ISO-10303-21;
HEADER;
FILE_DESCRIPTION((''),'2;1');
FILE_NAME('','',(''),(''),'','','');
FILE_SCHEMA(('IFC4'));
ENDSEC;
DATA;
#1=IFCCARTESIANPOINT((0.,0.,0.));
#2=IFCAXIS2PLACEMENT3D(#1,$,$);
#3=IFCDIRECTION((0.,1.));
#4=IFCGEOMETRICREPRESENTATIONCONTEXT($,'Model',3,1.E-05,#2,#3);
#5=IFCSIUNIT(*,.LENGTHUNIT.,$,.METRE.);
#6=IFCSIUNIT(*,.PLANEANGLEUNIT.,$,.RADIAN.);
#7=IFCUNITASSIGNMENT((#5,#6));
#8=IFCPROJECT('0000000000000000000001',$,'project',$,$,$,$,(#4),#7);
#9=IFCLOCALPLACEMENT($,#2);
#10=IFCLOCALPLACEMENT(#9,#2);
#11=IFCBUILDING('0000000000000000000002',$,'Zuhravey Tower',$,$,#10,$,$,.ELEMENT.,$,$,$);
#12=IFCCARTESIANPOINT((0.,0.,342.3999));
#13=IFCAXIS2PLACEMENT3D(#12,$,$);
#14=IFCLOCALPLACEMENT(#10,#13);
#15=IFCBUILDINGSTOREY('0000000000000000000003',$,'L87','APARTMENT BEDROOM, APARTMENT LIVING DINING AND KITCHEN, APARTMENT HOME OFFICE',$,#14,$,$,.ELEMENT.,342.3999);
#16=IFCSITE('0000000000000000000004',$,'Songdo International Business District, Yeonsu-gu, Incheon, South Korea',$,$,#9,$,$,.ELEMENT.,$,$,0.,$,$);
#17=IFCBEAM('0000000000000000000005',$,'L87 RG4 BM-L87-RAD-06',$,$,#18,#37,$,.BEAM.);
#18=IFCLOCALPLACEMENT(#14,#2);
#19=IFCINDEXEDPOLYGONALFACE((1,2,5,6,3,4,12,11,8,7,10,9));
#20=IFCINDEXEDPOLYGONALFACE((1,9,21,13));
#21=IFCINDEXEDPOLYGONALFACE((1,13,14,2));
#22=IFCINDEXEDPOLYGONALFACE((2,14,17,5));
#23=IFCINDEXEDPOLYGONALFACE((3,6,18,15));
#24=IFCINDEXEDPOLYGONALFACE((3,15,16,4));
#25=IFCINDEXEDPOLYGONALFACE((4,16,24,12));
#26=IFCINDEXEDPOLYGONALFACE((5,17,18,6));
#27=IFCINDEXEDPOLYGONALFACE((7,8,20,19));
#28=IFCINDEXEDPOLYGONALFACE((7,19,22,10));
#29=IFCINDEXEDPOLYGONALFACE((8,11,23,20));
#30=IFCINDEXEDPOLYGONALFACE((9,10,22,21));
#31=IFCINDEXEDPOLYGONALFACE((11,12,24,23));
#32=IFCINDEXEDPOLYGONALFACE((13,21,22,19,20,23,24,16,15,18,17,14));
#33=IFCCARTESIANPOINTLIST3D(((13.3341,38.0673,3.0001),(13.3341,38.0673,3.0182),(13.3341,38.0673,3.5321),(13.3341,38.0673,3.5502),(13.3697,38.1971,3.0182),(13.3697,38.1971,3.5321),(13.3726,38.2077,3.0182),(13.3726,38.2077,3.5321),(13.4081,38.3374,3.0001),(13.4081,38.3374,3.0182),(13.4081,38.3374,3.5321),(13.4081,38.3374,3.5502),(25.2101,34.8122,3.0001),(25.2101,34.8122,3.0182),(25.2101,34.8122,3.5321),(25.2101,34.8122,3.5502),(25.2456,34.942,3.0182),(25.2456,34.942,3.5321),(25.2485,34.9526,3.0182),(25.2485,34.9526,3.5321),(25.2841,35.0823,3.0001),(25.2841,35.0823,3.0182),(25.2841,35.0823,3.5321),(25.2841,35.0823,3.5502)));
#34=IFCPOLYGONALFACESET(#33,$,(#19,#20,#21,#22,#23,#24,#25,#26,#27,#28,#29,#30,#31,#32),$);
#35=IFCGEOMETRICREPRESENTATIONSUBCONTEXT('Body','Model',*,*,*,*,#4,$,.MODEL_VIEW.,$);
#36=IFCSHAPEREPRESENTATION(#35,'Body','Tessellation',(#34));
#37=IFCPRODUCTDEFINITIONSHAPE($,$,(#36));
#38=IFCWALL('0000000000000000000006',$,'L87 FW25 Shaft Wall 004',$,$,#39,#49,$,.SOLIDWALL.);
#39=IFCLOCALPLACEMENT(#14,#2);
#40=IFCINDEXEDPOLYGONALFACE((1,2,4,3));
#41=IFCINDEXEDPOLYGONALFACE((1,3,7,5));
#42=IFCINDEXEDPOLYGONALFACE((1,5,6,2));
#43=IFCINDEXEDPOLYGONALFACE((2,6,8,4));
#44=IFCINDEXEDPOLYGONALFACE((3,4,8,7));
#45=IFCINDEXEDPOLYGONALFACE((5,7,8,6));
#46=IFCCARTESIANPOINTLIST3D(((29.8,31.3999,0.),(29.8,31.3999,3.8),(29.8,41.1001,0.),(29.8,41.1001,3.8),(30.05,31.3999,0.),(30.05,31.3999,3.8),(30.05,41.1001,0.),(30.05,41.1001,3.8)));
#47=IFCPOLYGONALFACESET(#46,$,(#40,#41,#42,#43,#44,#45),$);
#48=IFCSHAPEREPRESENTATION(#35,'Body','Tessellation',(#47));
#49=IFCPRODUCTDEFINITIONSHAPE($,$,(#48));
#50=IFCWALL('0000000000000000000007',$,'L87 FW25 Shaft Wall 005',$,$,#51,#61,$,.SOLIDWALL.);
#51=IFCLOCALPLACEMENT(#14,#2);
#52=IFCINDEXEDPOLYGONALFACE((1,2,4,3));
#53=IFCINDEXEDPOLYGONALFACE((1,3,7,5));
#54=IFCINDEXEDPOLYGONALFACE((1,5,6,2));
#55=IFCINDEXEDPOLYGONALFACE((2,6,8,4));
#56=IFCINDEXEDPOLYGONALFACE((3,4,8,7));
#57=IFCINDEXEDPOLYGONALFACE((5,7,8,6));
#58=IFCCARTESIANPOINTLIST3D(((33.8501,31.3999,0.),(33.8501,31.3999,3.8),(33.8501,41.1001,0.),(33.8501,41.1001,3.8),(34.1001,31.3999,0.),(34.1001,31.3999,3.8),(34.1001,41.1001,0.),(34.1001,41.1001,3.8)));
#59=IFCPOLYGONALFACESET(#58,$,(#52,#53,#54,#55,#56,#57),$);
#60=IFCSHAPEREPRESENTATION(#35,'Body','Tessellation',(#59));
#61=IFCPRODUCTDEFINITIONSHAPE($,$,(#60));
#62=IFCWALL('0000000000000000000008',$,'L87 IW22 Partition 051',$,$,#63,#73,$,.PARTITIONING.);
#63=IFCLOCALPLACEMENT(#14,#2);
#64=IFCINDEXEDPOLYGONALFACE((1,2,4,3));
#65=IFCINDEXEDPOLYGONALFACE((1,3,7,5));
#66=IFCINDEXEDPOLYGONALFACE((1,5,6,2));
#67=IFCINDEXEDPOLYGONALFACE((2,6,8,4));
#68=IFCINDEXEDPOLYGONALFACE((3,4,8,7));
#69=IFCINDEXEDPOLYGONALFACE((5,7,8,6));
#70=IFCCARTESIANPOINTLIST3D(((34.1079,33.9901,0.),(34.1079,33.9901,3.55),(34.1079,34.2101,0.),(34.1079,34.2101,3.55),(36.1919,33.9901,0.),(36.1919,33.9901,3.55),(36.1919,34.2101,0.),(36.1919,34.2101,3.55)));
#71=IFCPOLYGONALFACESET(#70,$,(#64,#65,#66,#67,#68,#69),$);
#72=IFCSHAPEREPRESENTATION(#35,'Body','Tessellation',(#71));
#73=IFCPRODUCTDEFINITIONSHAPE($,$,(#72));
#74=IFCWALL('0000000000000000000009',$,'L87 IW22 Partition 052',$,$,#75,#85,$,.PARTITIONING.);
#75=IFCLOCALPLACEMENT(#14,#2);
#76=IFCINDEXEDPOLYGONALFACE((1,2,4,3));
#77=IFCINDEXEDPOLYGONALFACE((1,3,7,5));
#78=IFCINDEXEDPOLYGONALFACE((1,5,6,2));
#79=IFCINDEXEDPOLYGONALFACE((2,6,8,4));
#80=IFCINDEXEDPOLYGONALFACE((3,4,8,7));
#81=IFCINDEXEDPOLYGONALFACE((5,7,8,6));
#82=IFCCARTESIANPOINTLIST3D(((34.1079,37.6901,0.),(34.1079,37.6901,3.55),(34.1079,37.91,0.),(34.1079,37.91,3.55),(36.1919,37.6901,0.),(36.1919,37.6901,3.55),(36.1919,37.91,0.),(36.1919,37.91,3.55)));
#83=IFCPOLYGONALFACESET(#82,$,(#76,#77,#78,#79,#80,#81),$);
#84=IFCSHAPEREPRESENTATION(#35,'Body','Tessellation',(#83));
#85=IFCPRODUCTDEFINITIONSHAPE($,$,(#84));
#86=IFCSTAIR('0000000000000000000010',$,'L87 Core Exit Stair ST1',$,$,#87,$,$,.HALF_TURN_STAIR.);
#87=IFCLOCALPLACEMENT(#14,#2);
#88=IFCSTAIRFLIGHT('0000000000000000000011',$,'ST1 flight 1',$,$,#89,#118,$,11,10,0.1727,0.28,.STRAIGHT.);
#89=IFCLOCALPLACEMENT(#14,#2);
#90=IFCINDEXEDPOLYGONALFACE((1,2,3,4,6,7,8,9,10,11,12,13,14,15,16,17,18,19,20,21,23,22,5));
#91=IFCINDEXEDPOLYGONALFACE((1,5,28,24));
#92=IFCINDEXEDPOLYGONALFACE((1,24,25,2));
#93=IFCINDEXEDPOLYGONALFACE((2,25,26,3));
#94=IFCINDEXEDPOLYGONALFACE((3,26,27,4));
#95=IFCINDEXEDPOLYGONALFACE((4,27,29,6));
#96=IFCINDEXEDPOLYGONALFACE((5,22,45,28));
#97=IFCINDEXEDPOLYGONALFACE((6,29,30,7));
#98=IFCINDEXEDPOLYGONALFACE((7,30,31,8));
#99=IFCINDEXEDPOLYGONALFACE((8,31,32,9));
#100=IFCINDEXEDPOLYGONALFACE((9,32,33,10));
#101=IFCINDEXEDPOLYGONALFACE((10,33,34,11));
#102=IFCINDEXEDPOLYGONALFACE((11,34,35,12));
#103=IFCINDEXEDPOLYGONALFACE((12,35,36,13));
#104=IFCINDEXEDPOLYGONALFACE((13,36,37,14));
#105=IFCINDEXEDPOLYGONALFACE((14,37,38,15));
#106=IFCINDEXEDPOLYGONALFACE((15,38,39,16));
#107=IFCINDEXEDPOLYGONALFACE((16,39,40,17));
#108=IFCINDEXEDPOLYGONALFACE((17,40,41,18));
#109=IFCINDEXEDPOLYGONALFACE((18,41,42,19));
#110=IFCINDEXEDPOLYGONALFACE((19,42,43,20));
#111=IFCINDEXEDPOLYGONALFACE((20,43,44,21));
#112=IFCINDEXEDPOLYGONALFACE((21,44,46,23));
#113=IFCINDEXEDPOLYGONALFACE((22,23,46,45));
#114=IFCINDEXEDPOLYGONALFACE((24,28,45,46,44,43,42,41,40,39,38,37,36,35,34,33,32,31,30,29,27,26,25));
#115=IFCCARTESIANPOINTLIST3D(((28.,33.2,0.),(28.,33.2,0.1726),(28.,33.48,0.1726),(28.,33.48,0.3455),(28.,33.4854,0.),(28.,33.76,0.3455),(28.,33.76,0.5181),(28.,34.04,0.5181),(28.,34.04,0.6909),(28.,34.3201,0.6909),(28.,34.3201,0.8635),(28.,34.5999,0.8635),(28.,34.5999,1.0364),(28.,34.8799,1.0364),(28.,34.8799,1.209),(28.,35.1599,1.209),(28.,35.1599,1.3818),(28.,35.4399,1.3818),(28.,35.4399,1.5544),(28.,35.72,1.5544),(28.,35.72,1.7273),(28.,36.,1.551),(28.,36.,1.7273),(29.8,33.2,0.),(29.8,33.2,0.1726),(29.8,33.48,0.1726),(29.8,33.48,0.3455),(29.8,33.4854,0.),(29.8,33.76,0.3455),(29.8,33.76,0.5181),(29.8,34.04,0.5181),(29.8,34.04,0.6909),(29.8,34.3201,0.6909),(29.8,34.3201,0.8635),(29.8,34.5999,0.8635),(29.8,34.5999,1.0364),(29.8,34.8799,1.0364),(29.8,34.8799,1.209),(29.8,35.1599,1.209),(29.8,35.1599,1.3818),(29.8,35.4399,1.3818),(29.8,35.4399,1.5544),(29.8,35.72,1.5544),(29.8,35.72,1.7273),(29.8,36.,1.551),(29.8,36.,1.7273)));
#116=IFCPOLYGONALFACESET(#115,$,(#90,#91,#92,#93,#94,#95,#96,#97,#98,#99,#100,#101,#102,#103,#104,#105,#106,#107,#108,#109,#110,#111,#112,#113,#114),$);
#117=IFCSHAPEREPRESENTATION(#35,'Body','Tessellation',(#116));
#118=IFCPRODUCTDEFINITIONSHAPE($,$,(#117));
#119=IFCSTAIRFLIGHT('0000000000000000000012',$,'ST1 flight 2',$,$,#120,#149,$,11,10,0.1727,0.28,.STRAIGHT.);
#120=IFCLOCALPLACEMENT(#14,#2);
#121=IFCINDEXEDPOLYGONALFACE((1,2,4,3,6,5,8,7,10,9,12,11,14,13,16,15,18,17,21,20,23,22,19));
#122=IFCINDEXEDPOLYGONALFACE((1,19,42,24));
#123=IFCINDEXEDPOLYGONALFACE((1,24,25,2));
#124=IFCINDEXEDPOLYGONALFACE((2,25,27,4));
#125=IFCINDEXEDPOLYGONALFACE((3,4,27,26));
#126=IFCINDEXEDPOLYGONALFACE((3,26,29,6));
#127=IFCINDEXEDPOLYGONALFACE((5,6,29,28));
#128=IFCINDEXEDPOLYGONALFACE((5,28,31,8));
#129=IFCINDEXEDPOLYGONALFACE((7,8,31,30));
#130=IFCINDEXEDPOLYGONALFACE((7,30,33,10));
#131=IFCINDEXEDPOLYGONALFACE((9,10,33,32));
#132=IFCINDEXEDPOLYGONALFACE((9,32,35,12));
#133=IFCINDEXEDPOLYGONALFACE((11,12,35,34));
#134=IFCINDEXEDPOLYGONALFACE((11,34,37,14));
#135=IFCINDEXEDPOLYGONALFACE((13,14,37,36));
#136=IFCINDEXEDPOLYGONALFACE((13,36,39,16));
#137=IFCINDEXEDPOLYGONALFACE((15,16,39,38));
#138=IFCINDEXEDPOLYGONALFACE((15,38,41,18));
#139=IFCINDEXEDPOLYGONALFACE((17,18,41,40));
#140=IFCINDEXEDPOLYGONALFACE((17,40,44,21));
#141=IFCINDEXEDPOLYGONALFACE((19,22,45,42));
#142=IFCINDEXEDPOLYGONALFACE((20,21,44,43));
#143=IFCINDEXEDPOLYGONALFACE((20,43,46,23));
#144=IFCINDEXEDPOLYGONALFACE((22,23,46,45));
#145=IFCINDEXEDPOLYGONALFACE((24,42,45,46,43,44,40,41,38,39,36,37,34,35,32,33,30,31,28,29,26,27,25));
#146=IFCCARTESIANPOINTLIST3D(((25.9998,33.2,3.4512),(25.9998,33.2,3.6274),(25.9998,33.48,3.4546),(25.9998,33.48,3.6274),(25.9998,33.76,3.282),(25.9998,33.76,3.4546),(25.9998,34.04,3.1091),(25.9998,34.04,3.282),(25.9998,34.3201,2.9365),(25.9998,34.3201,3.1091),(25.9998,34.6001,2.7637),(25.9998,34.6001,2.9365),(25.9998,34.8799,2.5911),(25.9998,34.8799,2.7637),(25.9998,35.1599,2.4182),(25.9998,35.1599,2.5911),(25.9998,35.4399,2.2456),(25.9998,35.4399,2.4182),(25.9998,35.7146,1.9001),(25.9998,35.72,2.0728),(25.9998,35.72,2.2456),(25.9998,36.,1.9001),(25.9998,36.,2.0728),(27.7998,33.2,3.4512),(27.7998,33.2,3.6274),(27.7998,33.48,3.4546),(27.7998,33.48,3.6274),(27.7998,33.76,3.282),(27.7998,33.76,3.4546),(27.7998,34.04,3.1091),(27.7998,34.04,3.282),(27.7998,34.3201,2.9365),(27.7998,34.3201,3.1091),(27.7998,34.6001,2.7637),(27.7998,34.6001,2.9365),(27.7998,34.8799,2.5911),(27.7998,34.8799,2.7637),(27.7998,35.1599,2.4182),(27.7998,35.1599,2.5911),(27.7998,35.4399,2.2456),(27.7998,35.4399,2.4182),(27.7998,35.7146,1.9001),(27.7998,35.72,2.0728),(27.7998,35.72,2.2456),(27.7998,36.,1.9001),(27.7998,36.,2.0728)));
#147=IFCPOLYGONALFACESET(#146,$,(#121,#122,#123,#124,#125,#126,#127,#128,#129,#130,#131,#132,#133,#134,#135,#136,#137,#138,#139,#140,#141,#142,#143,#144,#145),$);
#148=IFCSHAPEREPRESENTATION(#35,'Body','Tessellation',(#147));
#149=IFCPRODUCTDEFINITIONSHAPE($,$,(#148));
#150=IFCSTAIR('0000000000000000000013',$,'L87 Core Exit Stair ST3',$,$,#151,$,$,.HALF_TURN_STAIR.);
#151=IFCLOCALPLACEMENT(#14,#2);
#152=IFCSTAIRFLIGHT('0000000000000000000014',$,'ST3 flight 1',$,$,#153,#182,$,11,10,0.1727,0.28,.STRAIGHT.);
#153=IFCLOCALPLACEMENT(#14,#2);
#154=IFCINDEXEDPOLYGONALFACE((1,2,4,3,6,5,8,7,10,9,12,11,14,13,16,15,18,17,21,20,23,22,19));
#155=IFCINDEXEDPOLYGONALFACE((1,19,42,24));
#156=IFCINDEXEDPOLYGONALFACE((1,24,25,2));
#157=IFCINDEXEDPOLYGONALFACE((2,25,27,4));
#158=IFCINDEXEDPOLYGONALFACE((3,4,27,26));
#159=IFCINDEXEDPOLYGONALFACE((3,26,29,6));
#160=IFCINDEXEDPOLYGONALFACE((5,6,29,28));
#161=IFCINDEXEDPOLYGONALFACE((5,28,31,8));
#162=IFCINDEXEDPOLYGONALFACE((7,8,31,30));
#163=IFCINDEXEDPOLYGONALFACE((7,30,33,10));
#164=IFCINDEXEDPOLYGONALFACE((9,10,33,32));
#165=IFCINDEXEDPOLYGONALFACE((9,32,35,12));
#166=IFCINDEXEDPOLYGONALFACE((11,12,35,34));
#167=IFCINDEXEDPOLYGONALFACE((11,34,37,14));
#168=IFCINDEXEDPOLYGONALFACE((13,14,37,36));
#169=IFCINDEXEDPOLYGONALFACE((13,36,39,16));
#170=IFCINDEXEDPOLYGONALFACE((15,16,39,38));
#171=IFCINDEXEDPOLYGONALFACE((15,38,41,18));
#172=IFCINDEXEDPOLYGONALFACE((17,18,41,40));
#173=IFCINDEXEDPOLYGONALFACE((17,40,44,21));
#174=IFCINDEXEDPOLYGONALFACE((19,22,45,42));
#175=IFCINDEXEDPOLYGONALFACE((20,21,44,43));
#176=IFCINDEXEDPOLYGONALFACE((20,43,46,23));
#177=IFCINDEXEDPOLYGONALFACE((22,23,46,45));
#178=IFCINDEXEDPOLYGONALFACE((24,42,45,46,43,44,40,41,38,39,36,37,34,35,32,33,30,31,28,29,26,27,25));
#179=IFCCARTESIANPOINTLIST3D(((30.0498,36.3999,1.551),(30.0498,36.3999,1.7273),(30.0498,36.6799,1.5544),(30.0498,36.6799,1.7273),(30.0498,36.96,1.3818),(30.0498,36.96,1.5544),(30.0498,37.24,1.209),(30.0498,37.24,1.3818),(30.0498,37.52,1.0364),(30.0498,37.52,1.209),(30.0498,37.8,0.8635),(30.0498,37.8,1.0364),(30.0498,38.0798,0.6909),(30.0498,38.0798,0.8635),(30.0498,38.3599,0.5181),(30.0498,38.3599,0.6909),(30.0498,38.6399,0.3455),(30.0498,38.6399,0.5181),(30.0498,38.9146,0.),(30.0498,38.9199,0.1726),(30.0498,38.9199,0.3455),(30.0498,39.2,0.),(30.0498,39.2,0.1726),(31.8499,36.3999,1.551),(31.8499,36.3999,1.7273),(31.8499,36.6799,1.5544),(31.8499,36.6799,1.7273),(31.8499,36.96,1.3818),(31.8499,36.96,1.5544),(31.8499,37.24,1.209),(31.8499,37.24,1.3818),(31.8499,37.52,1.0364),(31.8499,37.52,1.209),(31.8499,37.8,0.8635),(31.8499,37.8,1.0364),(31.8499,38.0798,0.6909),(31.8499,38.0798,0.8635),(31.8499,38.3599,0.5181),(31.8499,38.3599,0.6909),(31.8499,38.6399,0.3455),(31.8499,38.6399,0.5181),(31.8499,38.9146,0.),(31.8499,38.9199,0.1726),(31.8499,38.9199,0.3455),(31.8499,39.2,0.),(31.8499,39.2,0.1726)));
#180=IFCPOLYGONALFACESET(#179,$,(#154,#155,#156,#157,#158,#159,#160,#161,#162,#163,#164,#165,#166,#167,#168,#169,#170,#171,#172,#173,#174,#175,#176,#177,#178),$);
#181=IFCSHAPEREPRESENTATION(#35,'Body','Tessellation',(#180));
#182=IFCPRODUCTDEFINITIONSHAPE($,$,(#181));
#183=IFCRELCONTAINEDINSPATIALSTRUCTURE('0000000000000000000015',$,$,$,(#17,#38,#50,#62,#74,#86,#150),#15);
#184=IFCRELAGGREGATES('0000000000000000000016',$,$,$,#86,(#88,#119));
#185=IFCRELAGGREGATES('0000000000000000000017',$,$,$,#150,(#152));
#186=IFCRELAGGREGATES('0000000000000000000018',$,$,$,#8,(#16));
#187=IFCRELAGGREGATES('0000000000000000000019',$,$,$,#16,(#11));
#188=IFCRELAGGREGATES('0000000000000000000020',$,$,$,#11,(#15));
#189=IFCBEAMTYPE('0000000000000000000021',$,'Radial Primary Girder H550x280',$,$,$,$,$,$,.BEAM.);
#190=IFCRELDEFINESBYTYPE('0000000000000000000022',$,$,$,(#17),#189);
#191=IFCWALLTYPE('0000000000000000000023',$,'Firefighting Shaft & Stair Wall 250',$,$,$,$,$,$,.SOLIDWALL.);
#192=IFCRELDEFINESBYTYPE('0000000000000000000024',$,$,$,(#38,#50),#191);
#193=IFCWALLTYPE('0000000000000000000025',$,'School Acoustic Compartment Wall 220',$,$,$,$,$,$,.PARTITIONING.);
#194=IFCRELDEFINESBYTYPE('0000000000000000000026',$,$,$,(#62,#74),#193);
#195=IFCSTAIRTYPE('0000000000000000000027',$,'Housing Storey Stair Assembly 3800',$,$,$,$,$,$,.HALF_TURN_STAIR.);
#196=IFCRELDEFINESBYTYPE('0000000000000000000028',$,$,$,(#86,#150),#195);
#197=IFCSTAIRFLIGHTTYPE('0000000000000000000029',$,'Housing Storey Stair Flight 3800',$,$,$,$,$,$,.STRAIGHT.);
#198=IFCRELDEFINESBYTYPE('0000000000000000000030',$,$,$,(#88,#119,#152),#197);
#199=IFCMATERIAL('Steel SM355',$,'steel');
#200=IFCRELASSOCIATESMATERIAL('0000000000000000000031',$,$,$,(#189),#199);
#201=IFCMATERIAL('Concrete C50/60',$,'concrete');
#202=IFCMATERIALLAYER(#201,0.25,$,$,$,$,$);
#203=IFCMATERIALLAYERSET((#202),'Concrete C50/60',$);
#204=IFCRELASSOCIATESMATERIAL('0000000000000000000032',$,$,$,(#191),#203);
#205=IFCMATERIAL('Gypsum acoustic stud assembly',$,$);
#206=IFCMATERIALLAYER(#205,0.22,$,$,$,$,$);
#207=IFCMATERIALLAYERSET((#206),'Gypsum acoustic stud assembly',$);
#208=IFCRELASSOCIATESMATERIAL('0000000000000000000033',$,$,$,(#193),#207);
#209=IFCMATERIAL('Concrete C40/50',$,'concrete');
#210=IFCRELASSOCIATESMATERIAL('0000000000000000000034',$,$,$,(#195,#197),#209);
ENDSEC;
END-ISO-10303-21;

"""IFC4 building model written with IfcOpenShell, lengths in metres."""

from ifc_helpers import new_model, si_unit, direction, frame, frame_2d, origin, origin_2d, place, context, subcontext, project, spatial, polyline, rectangle, i_section, outline, extrude, material, layer, layer_set, material_profile, profile_set, type_object, element, aggregate, save


model = new_model("IFC4")

# Units and contexts
model_context = context("Model", 3, precision=1e-05, world=origin(), true_north=direction((0.0, 1.0)))
body_context = subcontext(model_context, "Body", "Model", "MODEL_VIEW")
ifc_project = project(units=[si_unit("LENGTHUNIT", "METRE"), si_unit("PLANEANGLEUNIT", "RADIAN")], contexts=[model_context])

# Site, building, storey
site_placement = place(None, origin())
site = spatial("IfcSite", under=ifc_project, at=site_placement, Name="Songdo International Business District, Yeonsu-gu, Incheon, South Korea", CompositionType="ELEMENT", RefElevation=0.0)
building_placement = place(site_placement, origin())
building = spatial("IfcBuilding", under=site, at=building_placement, Name="Zuhravey Tower", CompositionType="ELEMENT")
storey_placement = place(building_placement, frame((0.0, 0.0, 342.3999)))
storey = spatial("IfcBuildingStorey", under=building, at=storey_placement, Name="L87", Description="APARTMENT BEDROOM, APARTMENT LIVING DINING AND KITCHEN, APARTMENT HOME OFFICE", CompositionType="ELEMENT", Elevation=342.3999)

# Beam
ifc_material_1 = material(Name="Steel SM355", Category="steel")
ifc_material_profile = material_profile(ifc_material_1, i_section(OverallWidth=0.28, OverallDepth=0.55, WebThickness=0.011, FlangeThickness=0.0181, at=origin_2d()), Name="H-550x280x11x18")
ifc_profile_set = profile_set([ifc_material_profile], Name="Steel SM355")
beam_type = type_object("IfcBeamType", Name="Radial Primary Girder H550x280", PredefinedType="BEAM", material=ifc_profile_set)
beam_placement = place(storey_placement, frame((25.2471, 34.9473, 3.2751), z_axis=(-0.964429, 0.264344, 0.0), x_axis=(-0.264344, -0.964429, 0.0)))
element("IfcBeam", 1, at=beam_placement, inside=storey, type_object=beam_type, Name="L87 RG4 BM-L87-RAD-06", PredefinedType="BEAM", context=body_context, shape_type="SweptSolid", body=[
    extrude(i_section(OverallWidth=0.28, OverallDepth=0.55, WebThickness=0.011, FlangeThickness=0.0181, at=origin_2d()), origin(), (0.0, 0.0, 1.0), 12.314),
])

# Walls
ifc_material_2 = material(Name="Concrete C50/60", Category="concrete")
ifc_layer_1 = layer(ifc_material_2, 0.25)
ifc_layer_set_1 = layer_set([ifc_layer_1], Name="Concrete C50/60")
wall_type_1 = type_object("IfcWallType", Name="Firefighting Shaft & Stair Wall 250", PredefinedType="SOLIDWALL", material=ifc_layer_set_1)
for number, where, z_axis, x_axis, name in (
    (2, (29.925, 31.3999, 0.0), (0.0, 0.0, 1.0), (0.0, 1.0, 0.0), "L87 FW25 Shaft Wall 004"),
    (3, (33.9751, 31.3999, 0.0), (0.0, 0.0, 1.0), (0.0, 1.0, 0.0), "L87 FW25 Shaft Wall 005"),
):
    element("IfcWall", number, at=place(storey_placement, frame(where, z_axis=z_axis, x_axis=x_axis)), inside=storey, type_object=wall_type_1, Name=name, PredefinedType="SOLIDWALL", context=body_context, shape_type="SweptSolid", body=[
        extrude(rectangle(XDim=9.7002, YDim=0.25, at=frame_2d((4.8501, 0.0))), origin(), (0.0, 0.0, 1.0), 3.8),
    ])
ifc_material_3 = material(Name="Gypsum acoustic stud assembly")
ifc_layer_2 = layer(ifc_material_3, 0.22)
ifc_layer_set_2 = layer_set([ifc_layer_2], Name="Gypsum acoustic stud assembly")
wall_type_2 = type_object("IfcWallType", Name="School Acoustic Compartment Wall 220", PredefinedType="PARTITIONING", material=ifc_layer_set_2)
for number, where, z_axis, x_axis, name in (
    (4, (34.1079, 34.1001, 0.0), (0.0, 0.0, 1.0), (1.0, 0.0, 0.0), "L87 IW22 Partition 051"),
    (5, (34.1079, 37.8, 0.0), (0.0, 0.0, 1.0), (1.0, 0.0, 0.0), "L87 IW22 Partition 052"),
):
    element("IfcWall", number, at=place(storey_placement, frame(where, z_axis=z_axis, x_axis=x_axis)), inside=storey, type_object=wall_type_2, Name=name, PredefinedType="PARTITIONING", context=body_context, shape_type="SweptSolid", body=[
        extrude(rectangle(XDim=2.084, YDim=0.22, at=frame_2d((1.042, 0.0))), origin(), (0.0, 0.0, 1.0), 3.55),
    ])

# Stairs, stair flights
ifc_material_4 = material(Name="Concrete C40/50", Category="concrete")
stair_type = type_object("IfcStairType", Name="Housing Storey Stair Assembly 3800", PredefinedType="HALF_TURN_STAIR", material=ifc_material_4)
stair_1_placement = place(storey_placement, origin())
stair_1 = element("IfcStair", 6, at=stair_1_placement, inside=storey, type_object=stair_type, Name="L87 Core Exit Stair ST1", PredefinedType="HALF_TURN_STAIR")
stair_flight_type = type_object("IfcStairFlightType", Name="Housing Storey Stair Flight 3800", PredefinedType="STRAIGHT", material=ifc_material_4)
stair_flight_1_placement = place(storey_placement, frame((28.8999, 33.2, 0.0), z_axis=(0.0, 0.0, 1.0), x_axis=(0.0, 1.0, 0.0)))
stair_flight_1 = element("IfcStairFlight", 7, at=stair_flight_1_placement, type_object=stair_flight_type, Name="ST1 flight 1", NumberOfRisers=11, NumberOfTreads=10, PredefinedType="STRAIGHT", RiserHeight=0.1727, TreadLength=0.28, context=body_context, shape_type="SweptSolid", body=[
    extrude(outline(polyline([(0.0, 0.0), (0.0, 0.1726), (0.28, 0.1726), (0.28, 0.3455), (0.5601, 0.3455), (0.5601, 0.5181), (0.8401, 0.5181), (0.8401, 0.6909), (1.1201, 0.6909), (1.1201, 0.8635), (1.3999, 0.8635), (1.3999, 1.0364), (1.6799, 1.0364), (1.6799, 1.209), (1.96, 1.209), (1.96, 1.3818), (2.24, 1.3818), (2.24, 1.5544), (2.52, 1.5544), (2.52, 1.7273), (2.8, 1.7273), (2.8, 1.8999), (2.8, 1.551), (0.2854, 0.0), (0.0, 0.0)])), frame((0.0, 0.8999, 0.0), z_axis=(0.0, -1.0, 0.0), x_axis=(1.0, 0.0, 0.0)), (0.0, 0.0, 1.0), 1.8),
])
stair_flight_2_placement = place(storey_placement, frame((26.8999, 36.0, 1.9001), z_axis=(0.0, 0.0, 1.0), x_axis=(0.0, -1.0, 0.0)))
stair_flight_2 = element("IfcStairFlight", 8, at=stair_flight_2_placement, type_object=stair_flight_type, Name="ST1 flight 2", NumberOfRisers=11, NumberOfTreads=10, PredefinedType="STRAIGHT", RiserHeight=0.1727, TreadLength=0.28, context=body_context, shape_type="SweptSolid", body=[
    extrude(outline(polyline([(0.0, 0.0), (0.0, 0.1726), (0.28, 0.1726), (0.28, 0.3455), (0.5601, 0.3455), (0.5601, 0.5181), (0.8401, 0.5181), (0.8401, 0.6909), (1.1201, 0.6909), (1.1201, 0.8635), (1.3999, 0.8635), (1.3999, 1.0364), (1.6799, 1.0364), (1.6799, 1.209), (1.96, 1.209), (1.96, 1.3818), (2.24, 1.3818), (2.24, 1.5544), (2.52, 1.5544), (2.52, 1.7273), (2.8, 1.7273), (2.8, 1.8999), (2.8, 1.551), (0.2854, 0.0), (0.0, 0.0)])), frame((0.0, 0.8999, 0.0), z_axis=(0.0, -1.0, 0.0), x_axis=(1.0, 0.0, 0.0)), (0.0, 0.0, 1.0), 1.8),
])
aggregate(stair_1, [stair_flight_1, stair_flight_2])
stair_2_placement = place(storey_placement, origin())
stair_2 = element("IfcStair", 9, at=stair_2_placement, inside=storey, type_object=stair_type, Name="L87 Core Exit Stair ST3", PredefinedType="HALF_TURN_STAIR")
stair_flight_3_placement = place(storey_placement, frame((30.95, 39.2, 0.0), z_axis=(0.0, 0.0, 1.0), x_axis=(0.0, -1.0, 0.0)))
stair_flight_3 = element("IfcStairFlight", 10, at=stair_flight_3_placement, type_object=stair_flight_type, Name="ST3 flight 1", NumberOfRisers=11, NumberOfTreads=10, PredefinedType="STRAIGHT", RiserHeight=0.1727, TreadLength=0.28, context=body_context, shape_type="SweptSolid", body=[
    extrude(outline(polyline([(0.0, 0.0), (0.0, 0.1726), (0.28, 0.1726), (0.28, 0.3455), (0.5601, 0.3455), (0.5601, 0.5181), (0.8401, 0.5181), (0.8401, 0.6909), (1.1201, 0.6909), (1.1201, 0.8635), (1.3999, 0.8635), (1.3999, 1.0364), (1.6799, 1.0364), (1.6799, 1.209), (1.96, 1.209), (1.96, 1.3818), (2.24, 1.3818), (2.24, 1.5544), (2.52, 1.5544), (2.52, 1.7273), (2.8, 1.7273), (2.8, 1.8999), (2.8, 1.551), (0.2854, 0.0), (0.0, 0.0)])), frame((0.0, 0.8999, 0.0), z_axis=(0.0, -1.0, 0.0), x_axis=(1.0, 0.0, 0.0)), (0.0, 0.0, 1.0), 1.8),
])
aggregate(stair_2, [stair_flight_3])

save(model, "model.ifc")
